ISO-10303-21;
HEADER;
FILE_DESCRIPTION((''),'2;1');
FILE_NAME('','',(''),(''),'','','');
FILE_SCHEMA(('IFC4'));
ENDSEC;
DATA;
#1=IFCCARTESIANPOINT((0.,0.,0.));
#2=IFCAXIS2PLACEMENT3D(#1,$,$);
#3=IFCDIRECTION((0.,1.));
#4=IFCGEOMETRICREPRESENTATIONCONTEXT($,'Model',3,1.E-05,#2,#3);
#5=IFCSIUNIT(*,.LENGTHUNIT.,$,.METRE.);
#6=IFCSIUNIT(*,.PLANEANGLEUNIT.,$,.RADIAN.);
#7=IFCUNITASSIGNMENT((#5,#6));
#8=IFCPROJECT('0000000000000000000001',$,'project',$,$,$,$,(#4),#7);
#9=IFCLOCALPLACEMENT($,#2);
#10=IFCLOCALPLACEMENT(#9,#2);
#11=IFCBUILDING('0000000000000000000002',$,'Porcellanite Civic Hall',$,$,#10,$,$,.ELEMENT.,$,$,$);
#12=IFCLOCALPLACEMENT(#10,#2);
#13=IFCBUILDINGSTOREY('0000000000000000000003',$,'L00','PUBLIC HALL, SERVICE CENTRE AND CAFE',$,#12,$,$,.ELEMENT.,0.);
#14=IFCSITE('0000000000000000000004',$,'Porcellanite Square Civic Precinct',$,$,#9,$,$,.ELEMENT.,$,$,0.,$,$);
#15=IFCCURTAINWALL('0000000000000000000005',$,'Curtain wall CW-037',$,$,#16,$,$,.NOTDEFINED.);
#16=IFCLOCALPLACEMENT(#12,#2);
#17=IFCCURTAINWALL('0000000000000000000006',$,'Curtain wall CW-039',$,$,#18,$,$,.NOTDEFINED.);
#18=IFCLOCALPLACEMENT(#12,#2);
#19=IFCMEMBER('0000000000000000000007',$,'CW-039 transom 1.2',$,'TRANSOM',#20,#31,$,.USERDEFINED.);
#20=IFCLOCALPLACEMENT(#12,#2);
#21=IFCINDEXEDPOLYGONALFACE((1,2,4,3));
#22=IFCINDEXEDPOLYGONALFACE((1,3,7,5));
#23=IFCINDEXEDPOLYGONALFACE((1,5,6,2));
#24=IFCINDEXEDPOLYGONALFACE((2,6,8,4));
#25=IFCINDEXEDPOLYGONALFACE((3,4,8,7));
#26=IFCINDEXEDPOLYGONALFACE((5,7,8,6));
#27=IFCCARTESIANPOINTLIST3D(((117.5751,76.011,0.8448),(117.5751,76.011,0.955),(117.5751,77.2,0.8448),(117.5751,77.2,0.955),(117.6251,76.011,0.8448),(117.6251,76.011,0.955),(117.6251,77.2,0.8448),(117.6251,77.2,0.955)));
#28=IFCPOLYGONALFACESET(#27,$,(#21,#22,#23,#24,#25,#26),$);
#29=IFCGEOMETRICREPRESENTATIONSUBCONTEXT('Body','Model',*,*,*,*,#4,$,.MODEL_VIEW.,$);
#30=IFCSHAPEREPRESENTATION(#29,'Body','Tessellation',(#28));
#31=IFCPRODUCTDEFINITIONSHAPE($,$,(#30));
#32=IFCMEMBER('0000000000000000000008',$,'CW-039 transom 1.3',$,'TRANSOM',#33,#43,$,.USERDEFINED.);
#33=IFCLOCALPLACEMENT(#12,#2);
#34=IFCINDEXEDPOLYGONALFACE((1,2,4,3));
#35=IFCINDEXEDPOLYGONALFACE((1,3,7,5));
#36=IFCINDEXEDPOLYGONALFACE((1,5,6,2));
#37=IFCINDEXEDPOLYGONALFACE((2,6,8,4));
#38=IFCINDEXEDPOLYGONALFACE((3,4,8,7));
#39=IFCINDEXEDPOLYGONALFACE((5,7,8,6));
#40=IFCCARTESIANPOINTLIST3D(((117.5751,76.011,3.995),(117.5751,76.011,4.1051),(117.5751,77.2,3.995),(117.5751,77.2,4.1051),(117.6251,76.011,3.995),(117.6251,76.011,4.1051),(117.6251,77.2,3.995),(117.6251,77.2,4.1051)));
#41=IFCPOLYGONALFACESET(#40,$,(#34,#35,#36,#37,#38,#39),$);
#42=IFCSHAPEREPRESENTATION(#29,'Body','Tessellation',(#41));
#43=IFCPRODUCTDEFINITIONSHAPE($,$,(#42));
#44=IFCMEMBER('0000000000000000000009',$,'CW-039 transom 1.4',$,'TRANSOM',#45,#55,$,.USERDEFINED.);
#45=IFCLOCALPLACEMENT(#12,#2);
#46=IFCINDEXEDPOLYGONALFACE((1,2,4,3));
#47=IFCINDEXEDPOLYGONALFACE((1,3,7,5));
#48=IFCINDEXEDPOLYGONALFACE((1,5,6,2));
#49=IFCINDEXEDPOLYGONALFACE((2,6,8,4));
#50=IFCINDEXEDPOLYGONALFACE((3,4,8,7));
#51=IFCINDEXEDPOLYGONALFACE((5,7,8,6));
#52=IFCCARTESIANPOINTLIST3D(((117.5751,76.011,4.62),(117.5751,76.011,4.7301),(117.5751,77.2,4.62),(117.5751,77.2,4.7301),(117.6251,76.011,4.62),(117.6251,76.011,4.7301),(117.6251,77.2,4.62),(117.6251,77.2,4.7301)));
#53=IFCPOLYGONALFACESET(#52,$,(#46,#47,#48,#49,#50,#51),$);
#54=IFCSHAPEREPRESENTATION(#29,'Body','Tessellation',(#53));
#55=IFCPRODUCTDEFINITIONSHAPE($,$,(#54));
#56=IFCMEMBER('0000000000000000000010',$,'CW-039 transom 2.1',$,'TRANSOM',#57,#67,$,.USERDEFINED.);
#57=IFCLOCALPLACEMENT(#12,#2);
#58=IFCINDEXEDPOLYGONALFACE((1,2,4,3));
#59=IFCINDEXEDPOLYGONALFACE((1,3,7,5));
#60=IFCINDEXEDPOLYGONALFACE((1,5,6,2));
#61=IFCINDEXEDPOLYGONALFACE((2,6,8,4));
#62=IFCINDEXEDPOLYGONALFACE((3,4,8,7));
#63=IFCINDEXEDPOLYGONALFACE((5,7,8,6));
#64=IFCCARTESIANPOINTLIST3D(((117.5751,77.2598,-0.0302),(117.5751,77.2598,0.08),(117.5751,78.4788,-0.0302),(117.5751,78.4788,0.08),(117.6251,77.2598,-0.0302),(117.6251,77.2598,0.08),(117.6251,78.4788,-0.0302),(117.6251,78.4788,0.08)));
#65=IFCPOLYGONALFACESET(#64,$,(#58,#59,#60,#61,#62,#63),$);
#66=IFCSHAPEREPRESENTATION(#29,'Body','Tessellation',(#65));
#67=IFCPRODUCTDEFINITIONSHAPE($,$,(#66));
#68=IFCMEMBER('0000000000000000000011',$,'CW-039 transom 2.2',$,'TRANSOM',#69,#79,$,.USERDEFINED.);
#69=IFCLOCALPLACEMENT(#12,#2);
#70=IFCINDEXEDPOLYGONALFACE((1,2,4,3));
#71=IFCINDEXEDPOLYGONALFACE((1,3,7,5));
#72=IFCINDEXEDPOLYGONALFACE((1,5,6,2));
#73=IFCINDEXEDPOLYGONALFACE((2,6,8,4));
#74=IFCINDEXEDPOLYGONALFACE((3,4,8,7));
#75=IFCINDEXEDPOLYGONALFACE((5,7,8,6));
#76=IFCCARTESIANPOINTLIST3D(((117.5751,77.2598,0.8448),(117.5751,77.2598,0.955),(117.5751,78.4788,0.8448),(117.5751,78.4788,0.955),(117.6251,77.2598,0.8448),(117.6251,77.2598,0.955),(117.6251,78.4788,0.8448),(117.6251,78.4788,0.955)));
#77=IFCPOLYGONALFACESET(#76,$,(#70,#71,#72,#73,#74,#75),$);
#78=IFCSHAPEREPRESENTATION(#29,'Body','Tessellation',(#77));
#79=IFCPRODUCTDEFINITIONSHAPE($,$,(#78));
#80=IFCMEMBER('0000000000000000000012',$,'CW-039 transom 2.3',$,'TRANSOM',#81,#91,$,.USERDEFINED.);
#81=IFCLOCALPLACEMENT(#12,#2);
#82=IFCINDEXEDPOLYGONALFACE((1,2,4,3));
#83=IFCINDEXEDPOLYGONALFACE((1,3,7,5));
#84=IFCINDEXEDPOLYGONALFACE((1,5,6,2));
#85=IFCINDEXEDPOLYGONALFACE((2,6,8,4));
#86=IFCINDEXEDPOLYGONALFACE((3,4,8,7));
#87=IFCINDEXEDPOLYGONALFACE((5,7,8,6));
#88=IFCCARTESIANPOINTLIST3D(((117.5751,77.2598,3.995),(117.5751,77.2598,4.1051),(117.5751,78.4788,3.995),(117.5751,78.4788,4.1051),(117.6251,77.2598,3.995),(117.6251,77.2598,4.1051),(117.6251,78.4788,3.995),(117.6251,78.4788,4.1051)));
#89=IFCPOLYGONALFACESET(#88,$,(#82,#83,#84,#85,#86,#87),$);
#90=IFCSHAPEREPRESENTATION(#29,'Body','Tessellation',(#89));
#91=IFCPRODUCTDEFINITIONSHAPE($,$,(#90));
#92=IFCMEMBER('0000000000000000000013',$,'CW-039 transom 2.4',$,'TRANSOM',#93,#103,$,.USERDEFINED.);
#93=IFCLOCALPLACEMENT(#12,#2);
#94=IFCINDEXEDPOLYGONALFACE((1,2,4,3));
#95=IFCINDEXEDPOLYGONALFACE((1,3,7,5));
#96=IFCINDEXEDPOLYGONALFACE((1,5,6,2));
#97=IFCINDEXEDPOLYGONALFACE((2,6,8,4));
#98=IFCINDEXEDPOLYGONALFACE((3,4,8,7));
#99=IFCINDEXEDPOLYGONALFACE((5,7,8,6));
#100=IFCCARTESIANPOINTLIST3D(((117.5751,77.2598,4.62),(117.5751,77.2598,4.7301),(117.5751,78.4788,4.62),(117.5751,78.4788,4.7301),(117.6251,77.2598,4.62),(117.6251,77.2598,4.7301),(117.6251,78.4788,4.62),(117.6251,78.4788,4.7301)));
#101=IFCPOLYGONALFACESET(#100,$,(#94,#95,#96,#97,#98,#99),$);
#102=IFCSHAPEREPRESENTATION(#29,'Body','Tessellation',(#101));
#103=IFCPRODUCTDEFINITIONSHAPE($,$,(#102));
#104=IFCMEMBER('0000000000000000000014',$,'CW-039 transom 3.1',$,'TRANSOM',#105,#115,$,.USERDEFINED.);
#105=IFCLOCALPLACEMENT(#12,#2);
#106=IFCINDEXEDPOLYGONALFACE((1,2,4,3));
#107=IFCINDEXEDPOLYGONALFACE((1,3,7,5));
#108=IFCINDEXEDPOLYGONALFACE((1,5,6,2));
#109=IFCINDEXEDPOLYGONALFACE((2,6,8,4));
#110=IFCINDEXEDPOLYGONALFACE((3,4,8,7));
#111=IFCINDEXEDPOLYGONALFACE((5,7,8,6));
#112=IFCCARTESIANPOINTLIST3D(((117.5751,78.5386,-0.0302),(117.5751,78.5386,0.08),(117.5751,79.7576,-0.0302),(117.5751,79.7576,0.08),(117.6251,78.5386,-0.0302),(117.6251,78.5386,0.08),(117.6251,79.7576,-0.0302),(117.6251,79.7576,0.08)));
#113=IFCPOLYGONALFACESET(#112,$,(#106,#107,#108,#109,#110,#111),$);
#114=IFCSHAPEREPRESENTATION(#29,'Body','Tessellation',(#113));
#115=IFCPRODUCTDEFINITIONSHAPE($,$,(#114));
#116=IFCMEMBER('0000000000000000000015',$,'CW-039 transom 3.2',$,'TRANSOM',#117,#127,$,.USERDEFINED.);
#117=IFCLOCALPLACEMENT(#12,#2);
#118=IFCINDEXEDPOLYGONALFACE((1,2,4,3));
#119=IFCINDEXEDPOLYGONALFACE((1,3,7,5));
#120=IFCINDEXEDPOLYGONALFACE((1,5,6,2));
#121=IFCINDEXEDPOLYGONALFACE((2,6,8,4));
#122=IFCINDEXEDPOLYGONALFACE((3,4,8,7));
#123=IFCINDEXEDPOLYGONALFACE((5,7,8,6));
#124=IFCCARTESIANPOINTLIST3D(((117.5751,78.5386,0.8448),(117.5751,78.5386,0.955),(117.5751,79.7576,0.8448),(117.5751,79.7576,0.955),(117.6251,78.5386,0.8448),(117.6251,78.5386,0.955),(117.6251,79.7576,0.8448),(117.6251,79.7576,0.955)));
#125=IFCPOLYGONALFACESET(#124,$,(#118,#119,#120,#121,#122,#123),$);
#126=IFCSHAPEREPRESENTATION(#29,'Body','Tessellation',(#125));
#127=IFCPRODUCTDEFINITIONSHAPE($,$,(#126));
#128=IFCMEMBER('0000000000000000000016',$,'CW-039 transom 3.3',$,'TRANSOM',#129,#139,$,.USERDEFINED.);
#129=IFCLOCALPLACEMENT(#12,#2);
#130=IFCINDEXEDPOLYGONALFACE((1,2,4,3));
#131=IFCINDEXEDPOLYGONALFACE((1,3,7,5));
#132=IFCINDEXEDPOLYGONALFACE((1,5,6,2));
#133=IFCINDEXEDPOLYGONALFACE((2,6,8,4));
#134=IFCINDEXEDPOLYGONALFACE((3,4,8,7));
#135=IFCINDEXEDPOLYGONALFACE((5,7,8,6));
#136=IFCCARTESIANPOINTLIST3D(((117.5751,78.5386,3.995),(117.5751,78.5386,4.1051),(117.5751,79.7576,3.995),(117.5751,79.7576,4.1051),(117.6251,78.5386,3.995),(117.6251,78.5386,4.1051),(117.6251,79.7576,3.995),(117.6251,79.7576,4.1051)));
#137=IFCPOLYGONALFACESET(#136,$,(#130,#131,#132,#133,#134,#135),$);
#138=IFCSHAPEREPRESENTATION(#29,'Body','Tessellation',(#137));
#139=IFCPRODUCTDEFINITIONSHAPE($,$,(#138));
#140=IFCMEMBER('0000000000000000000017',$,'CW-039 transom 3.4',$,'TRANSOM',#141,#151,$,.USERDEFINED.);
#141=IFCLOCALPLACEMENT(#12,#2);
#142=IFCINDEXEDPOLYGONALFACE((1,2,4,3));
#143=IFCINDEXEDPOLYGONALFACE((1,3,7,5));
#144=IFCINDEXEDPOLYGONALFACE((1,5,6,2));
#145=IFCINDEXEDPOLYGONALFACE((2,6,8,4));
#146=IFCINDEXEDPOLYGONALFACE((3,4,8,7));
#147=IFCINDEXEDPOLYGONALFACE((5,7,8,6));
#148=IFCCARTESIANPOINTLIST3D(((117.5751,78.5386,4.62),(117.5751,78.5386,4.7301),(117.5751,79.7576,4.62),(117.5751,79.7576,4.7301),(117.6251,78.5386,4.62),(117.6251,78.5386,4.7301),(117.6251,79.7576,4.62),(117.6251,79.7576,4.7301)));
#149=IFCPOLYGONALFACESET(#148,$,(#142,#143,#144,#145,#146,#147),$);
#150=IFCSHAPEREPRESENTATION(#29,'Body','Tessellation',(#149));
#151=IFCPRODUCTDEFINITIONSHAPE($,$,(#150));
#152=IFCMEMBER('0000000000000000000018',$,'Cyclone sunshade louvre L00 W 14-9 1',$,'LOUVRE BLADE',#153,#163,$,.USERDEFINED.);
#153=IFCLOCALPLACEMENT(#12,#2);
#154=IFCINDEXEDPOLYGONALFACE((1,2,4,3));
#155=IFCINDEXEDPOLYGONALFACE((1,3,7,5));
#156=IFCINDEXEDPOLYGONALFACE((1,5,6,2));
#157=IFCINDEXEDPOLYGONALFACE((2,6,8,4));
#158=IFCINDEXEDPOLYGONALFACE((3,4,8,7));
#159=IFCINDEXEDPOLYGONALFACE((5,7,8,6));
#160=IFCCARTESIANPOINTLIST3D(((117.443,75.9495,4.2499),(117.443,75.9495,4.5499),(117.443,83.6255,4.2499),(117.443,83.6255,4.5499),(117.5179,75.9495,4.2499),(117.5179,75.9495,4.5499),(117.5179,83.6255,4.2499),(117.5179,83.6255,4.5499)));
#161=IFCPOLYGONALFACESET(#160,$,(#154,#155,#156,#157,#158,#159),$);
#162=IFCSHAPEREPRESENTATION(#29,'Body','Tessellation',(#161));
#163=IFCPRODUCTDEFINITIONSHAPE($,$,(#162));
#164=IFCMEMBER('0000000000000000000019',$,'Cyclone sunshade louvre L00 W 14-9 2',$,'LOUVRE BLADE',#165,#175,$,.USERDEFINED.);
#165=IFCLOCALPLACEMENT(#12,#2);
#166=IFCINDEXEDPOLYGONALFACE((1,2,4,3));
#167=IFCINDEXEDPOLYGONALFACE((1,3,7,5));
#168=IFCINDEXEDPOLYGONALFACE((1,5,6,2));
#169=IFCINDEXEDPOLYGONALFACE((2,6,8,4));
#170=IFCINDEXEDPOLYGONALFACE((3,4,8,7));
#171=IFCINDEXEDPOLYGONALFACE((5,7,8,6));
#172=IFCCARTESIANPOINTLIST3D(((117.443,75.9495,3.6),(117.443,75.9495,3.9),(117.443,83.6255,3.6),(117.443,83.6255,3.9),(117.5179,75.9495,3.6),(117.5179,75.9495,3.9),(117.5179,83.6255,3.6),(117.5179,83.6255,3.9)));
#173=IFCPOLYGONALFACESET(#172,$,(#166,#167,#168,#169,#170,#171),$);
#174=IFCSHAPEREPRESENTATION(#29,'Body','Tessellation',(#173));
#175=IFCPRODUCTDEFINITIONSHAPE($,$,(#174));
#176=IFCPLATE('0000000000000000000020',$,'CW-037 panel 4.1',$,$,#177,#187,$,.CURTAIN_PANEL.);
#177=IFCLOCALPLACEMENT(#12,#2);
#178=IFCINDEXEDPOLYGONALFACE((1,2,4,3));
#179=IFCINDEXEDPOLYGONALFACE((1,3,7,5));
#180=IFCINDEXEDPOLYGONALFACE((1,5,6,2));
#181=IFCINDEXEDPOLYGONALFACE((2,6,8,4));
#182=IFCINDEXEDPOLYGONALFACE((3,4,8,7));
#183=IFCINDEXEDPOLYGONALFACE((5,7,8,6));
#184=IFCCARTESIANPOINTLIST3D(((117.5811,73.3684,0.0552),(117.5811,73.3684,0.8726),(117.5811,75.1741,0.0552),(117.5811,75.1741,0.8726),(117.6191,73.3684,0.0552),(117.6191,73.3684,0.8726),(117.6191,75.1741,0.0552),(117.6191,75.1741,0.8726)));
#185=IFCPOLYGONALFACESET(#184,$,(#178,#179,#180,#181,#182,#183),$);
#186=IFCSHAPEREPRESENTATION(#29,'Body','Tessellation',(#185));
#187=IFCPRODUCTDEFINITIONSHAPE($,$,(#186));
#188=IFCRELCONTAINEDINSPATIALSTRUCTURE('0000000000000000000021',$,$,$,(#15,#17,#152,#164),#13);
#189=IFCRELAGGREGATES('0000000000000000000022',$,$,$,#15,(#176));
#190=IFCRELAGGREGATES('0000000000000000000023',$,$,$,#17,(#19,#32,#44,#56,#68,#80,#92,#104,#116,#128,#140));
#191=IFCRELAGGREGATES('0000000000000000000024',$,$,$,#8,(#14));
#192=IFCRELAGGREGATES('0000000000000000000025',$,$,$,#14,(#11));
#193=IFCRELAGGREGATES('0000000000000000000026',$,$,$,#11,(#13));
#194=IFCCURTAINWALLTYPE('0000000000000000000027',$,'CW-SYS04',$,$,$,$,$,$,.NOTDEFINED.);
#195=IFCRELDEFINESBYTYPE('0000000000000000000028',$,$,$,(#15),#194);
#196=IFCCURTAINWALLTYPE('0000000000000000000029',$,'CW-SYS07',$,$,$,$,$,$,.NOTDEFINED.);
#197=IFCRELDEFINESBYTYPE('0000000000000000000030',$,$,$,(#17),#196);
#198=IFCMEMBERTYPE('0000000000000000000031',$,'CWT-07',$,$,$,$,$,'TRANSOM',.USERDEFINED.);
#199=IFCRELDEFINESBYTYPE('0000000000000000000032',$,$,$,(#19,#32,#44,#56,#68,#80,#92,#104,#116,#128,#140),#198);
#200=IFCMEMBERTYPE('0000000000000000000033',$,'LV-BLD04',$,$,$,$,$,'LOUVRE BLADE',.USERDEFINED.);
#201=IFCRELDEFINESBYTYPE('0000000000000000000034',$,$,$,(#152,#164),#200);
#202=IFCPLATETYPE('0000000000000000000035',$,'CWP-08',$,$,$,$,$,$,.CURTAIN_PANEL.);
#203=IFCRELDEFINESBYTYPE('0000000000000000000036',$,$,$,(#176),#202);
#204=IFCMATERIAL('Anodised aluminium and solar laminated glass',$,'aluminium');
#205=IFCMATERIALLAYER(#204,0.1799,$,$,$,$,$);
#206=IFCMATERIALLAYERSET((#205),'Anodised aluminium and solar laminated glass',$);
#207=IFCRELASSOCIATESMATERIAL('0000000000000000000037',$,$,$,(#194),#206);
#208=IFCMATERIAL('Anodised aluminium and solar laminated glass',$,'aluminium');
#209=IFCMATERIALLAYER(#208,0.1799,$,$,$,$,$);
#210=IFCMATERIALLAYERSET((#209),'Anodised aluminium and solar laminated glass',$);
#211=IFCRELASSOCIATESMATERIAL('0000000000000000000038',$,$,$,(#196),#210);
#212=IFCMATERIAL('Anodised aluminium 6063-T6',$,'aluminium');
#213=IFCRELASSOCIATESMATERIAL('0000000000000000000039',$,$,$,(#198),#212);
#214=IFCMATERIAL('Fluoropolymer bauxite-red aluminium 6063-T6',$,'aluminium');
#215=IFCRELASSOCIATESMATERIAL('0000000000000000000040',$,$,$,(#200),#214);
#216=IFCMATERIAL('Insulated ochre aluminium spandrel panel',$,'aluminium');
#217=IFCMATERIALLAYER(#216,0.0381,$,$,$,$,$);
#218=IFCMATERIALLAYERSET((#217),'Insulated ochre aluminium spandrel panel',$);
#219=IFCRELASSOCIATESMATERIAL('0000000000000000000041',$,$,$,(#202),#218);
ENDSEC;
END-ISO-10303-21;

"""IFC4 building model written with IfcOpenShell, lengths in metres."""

from ifc_helpers import new_model, si_unit, direction, frame, origin, origin_2d, place, context, subcontext, project, spatial, rectangle, extrude, material, layer, layer_set, material_profile, profile_set, type_object, element, aggregate, save


model = new_model("IFC4")

# Units and contexts
model_context = context("Model", 3, precision=1e-05, world=origin(), true_north=direction((0.0, 1.0)))
body_context = subcontext(model_context, "Body", "Model", "MODEL_VIEW")
ifc_project = project(units=[si_unit("LENGTHUNIT", "METRE"), si_unit("PLANEANGLEUNIT", "RADIAN")], contexts=[model_context])

# Site, building, storey
site_placement = place(None, origin())
site = spatial("IfcSite", under=ifc_project, at=site_placement, Name="Porcellanite Square Civic Precinct", CompositionType="ELEMENT", RefElevation=0.0)
building_placement = place(site_placement, origin())
building = spatial("IfcBuilding", under=site, at=building_placement, Name="Porcellanite Civic Hall", CompositionType="ELEMENT")
storey_placement = place(building_placement, origin())
storey = spatial("IfcBuildingStorey", under=building, at=storey_placement, Name="L00", Description="PUBLIC HALL, SERVICE CENTRE AND CAFE", CompositionType="ELEMENT", Elevation=0.0)

# Curtain wall
ifc_material_1 = material(Name="Anodised aluminium and solar laminated glass", Category="aluminium")
ifc_layer_1 = layer(ifc_material_1, 0.1799)
ifc_layer_set_1 = layer_set([ifc_layer_1], Name="Anodised aluminium and solar laminated glass")
curtain_wall_type_1 = type_object("IfcCurtainWallType", Name="CW-SYS04", PredefinedType="NOTDEFINED", material=ifc_layer_set_1)
curtain_wall_1_placement = place(storey_placement, origin())
curtain_wall_1 = element("IfcCurtainWall", 1, at=curtain_wall_1_placement, inside=storey, type_object=curtain_wall_type_1, Name="Curtain wall CW-037", PredefinedType="NOTDEFINED")

# Curtain wall, members
ifc_material_2 = material(Name="Anodised aluminium and solar laminated glass", Category="aluminium")
ifc_layer_2 = layer(ifc_material_2, 0.1799)
ifc_layer_set_2 = layer_set([ifc_layer_2], Name="Anodised aluminium and solar laminated glass")
curtain_wall_type_2 = type_object("IfcCurtainWallType", Name="CW-SYS07", PredefinedType="NOTDEFINED", material=ifc_layer_set_2)
curtain_wall_2_placement = place(storey_placement, origin())
curtain_wall_2 = element("IfcCurtainWall", 2, at=curtain_wall_2_placement, inside=storey, type_object=curtain_wall_type_2, Name="Curtain wall CW-039", PredefinedType="NOTDEFINED")
ifc_material_3 = material(Name="Anodised aluminium 6063-T6", Category="aluminium")
ifc_material_profile_1 = material_profile(ifc_material_3, rectangle(XDim=0.05, YDim=0.1101, at=origin_2d()), Name="AL-50x110")
ifc_profile_set_1 = profile_set([ifc_material_profile_1], Name="Anodised aluminium 6063-T6")
member_type_1 = type_object("IfcMemberType", Name="CWT-07", ElementType="TRANSOM", PredefinedType="USERDEFINED", material=ifc_profile_set_1)
member_1_placement = place(storey_placement, frame((117.6001, 76.011, 0.8999), z_axis=(0.0, 1.0, 0.0), x_axis=(-1.0, 0.0, 0.0)))
member_1 = element("IfcMember", 3, at=member_1_placement, type_object=member_type_1, Name="CW-039 transom 1.2", ObjectType="TRANSOM", PredefinedType="USERDEFINED", context=body_context, shape_type="SweptSolid", body=[
    extrude(rectangle(XDim=0.05, YDim=0.1101, at=origin_2d()), origin(), (0.0, 0.0, 1.0), 1.189),
])
member_2_placement = place(storey_placement, frame((117.6001, 76.011, 4.05), z_axis=(0.0, 1.0, 0.0), x_axis=(-1.0, 0.0, 0.0)))
member_2 = element("IfcMember", 4, at=member_2_placement, type_object=member_type_1, Name="CW-039 transom 1.3", ObjectType="TRANSOM", PredefinedType="USERDEFINED", context=body_context, shape_type="SweptSolid", body=[
    extrude(rectangle(XDim=0.05, YDim=0.1101, at=origin_2d()), origin(), (0.0, 0.0, 1.0), 1.189),
])
member_3_placement = place(storey_placement, frame((117.6001, 76.011, 4.675), z_axis=(0.0, 1.0, 0.0), x_axis=(-1.0, 0.0, 0.0)))
member_3 = element("IfcMember", 5, at=member_3_placement, type_object=member_type_1, Name="CW-039 transom 1.4", ObjectType="TRANSOM", PredefinedType="USERDEFINED", context=body_context, shape_type="SweptSolid", body=[
    extrude(rectangle(XDim=0.05, YDim=0.1101, at=origin_2d()), origin(), (0.0, 0.0, 1.0), 1.189),
])
member_4_placement = place(storey_placement, frame((117.6001, 77.2598, 0.0249), z_axis=(0.0, 1.0, 0.0), x_axis=(-1.0, 0.0, 0.0)))
member_4 = element("IfcMember", 6, at=member_4_placement, type_object=member_type_1, Name="CW-039 transom 2.1", ObjectType="TRANSOM", PredefinedType="USERDEFINED", context=body_context, shape_type="SweptSolid", body=[
    extrude(rectangle(XDim=0.05, YDim=0.1101, at=origin_2d()), origin(), (0.0, 0.0, 1.0), 1.219),
])
member_5_placement = place(storey_placement, frame((117.6001, 77.2598, 0.8999), z_axis=(0.0, 1.0, 0.0), x_axis=(-1.0, 0.0, 0.0)))
member_5 = element("IfcMember", 7, at=member_5_placement, type_object=member_type_1, Name="CW-039 transom 2.2", ObjectType="TRANSOM", PredefinedType="USERDEFINED", context=body_context, shape_type="SweptSolid", body=[
    extrude(rectangle(XDim=0.05, YDim=0.1101, at=origin_2d()), origin(), (0.0, 0.0, 1.0), 1.219),
])
member_6_placement = place(storey_placement, frame((117.6001, 77.2598, 4.05), z_axis=(0.0, 1.0, 0.0), x_axis=(-1.0, 0.0, 0.0)))
member_6 = element("IfcMember", 8, at=member_6_placement, type_object=member_type_1, Name="CW-039 transom 2.3", ObjectType="TRANSOM", PredefinedType="USERDEFINED", context=body_context, shape_type="SweptSolid", body=[
    extrude(rectangle(XDim=0.05, YDim=0.1101, at=origin_2d()), origin(), (0.0, 0.0, 1.0), 1.219),
])
member_7_placement = place(storey_placement, frame((117.6001, 77.2598, 4.675), z_axis=(0.0, 1.0, 0.0), x_axis=(-1.0, 0.0, 0.0)))
member_7 = element("IfcMember", 9, at=member_7_placement, type_object=member_type_1, Name="CW-039 transom 2.4", ObjectType="TRANSOM", PredefinedType="USERDEFINED", context=body_context, shape_type="SweptSolid", body=[
    extrude(rectangle(XDim=0.05, YDim=0.1101, at=origin_2d()), origin(), (0.0, 0.0, 1.0), 1.219),
])
member_8_placement = place(storey_placement, frame((117.6001, 78.5386, 0.0249), z_axis=(0.0, 1.0, 0.0), x_axis=(-1.0, 0.0, 0.0)))
member_8 = element("IfcMember", 10, at=member_8_placement, type_object=member_type_1, Name="CW-039 transom 3.1", ObjectType="TRANSOM", PredefinedType="USERDEFINED", context=body_context, shape_type="SweptSolid", body=[
    extrude(rectangle(XDim=0.05, YDim=0.1101, at=origin_2d()), origin(), (0.0, 0.0, 1.0), 1.219),
])
member_9_placement = place(storey_placement, frame((117.6001, 78.5386, 0.8999), z_axis=(0.0, 1.0, 0.0), x_axis=(-1.0, 0.0, 0.0)))
member_9 = element("IfcMember", 11, at=member_9_placement, type_object=member_type_1, Name="CW-039 transom 3.2", ObjectType="TRANSOM", PredefinedType="USERDEFINED", context=body_context, shape_type="SweptSolid", body=[
    extrude(rectangle(XDim=0.05, YDim=0.1101, at=origin_2d()), origin(), (0.0, 0.0, 1.0), 1.219),
])
member_10_placement = place(storey_placement, frame((117.6001, 78.5386, 4.05), z_axis=(0.0, 1.0, 0.0), x_axis=(-1.0, 0.0, 0.0)))
member_10 = element("IfcMember", 12, at=member_10_placement, type_object=member_type_1, Name="CW-039 transom 3.3", ObjectType="TRANSOM", PredefinedType="USERDEFINED", context=body_context, shape_type="SweptSolid", body=[
    extrude(rectangle(XDim=0.05, YDim=0.1101, at=origin_2d()), origin(), (0.0, 0.0, 1.0), 1.219),
])
member_11_placement = place(storey_placement, frame((117.6001, 78.5386, 4.675), z_axis=(0.0, 1.0, 0.0), x_axis=(-1.0, 0.0, 0.0)))
member_11 = element("IfcMember", 13, at=member_11_placement, type_object=member_type_1, Name="CW-039 transom 3.4", ObjectType="TRANSOM", PredefinedType="USERDEFINED", context=body_context, shape_type="SweptSolid", body=[
    extrude(rectangle(XDim=0.05, YDim=0.1101, at=origin_2d()), origin(), (0.0, 0.0, 1.0), 1.219),
])

# Members
ifc_material_4 = material(Name="Fluoropolymer bauxite-red aluminium 6063-T6", Category="aluminium")
ifc_material_profile_2 = material_profile(ifc_material_4, rectangle(XDim=0.075, YDim=0.3, at=origin_2d()), Name="AL-75x300")
ifc_profile_set_2 = profile_set([ifc_material_profile_2], Name="Fluoropolymer bauxite-red aluminium 6063-T6")
member_type_2 = type_object("IfcMemberType", Name="LV-BLD04", ElementType="LOUVRE BLADE", PredefinedType="USERDEFINED", material=ifc_profile_set_2)
for number, where, z_axis, x_axis, name in (
    (14, (117.4805, 75.9495, 4.3999), (0.0, 1.0, 0.0), (-1.0, 0.0, 0.0), "Cyclone sunshade louvre L00 W 14-9 1"),
    (15, (117.4805, 75.9495, 3.75), (0.0, 1.0, 0.0), (-1.0, 0.0, 0.0), "Cyclone sunshade louvre L00 W 14-9 2"),
):
    element("IfcMember", number, at=place(storey_placement, frame(where, z_axis=z_axis, x_axis=x_axis)), inside=storey, type_object=member_type_2, Name=name, ObjectType="LOUVRE BLADE", PredefinedType="USERDEFINED", context=body_context, shape_type="SweptSolid", body=[
        extrude(rectangle(XDim=0.075, YDim=0.3, at=origin_2d()), origin(), (0.0, 0.0, 1.0), 7.676),
    ])

# Plate
ifc_material_5 = material(Name="Insulated ochre aluminium spandrel panel", Category="aluminium")
ifc_layer_3 = layer(ifc_material_5, 0.0381)
ifc_layer_set_3 = layer_set([ifc_layer_3], Name="Insulated ochre aluminium spandrel panel")
plate_type_1 = type_object("IfcPlateType", Name="CWP-08", PredefinedType="CURTAIN_PANEL", material=ifc_layer_set_3)
plate_1_placement = place(storey_placement, frame((117.6001, 74.2712, 0.0552), z_axis=(0.0, 0.0, 1.0), x_axis=(0.0, 1.0, 0.0)))
plate_1 = element("IfcPlate", 16, at=plate_1_placement, type_object=plate_type_1, Name="CW-037 panel 4.1", PredefinedType="CURTAIN_PANEL", context=body_context, shape_type="SweptSolid", body=[
    extrude(rectangle(XDim=1.8057, YDim=0.0381, at=origin_2d()), origin(), (0.0, 0.0, 1.0), 0.8174),
])
aggregate(curtain_wall_1, [plate_1])
aggregate(curtain_wall_2, [member_1, member_2, member_3, member_4, member_5, member_6, member_7, member_8, member_9, member_10, member_11])

save(model, "model.ifc")
